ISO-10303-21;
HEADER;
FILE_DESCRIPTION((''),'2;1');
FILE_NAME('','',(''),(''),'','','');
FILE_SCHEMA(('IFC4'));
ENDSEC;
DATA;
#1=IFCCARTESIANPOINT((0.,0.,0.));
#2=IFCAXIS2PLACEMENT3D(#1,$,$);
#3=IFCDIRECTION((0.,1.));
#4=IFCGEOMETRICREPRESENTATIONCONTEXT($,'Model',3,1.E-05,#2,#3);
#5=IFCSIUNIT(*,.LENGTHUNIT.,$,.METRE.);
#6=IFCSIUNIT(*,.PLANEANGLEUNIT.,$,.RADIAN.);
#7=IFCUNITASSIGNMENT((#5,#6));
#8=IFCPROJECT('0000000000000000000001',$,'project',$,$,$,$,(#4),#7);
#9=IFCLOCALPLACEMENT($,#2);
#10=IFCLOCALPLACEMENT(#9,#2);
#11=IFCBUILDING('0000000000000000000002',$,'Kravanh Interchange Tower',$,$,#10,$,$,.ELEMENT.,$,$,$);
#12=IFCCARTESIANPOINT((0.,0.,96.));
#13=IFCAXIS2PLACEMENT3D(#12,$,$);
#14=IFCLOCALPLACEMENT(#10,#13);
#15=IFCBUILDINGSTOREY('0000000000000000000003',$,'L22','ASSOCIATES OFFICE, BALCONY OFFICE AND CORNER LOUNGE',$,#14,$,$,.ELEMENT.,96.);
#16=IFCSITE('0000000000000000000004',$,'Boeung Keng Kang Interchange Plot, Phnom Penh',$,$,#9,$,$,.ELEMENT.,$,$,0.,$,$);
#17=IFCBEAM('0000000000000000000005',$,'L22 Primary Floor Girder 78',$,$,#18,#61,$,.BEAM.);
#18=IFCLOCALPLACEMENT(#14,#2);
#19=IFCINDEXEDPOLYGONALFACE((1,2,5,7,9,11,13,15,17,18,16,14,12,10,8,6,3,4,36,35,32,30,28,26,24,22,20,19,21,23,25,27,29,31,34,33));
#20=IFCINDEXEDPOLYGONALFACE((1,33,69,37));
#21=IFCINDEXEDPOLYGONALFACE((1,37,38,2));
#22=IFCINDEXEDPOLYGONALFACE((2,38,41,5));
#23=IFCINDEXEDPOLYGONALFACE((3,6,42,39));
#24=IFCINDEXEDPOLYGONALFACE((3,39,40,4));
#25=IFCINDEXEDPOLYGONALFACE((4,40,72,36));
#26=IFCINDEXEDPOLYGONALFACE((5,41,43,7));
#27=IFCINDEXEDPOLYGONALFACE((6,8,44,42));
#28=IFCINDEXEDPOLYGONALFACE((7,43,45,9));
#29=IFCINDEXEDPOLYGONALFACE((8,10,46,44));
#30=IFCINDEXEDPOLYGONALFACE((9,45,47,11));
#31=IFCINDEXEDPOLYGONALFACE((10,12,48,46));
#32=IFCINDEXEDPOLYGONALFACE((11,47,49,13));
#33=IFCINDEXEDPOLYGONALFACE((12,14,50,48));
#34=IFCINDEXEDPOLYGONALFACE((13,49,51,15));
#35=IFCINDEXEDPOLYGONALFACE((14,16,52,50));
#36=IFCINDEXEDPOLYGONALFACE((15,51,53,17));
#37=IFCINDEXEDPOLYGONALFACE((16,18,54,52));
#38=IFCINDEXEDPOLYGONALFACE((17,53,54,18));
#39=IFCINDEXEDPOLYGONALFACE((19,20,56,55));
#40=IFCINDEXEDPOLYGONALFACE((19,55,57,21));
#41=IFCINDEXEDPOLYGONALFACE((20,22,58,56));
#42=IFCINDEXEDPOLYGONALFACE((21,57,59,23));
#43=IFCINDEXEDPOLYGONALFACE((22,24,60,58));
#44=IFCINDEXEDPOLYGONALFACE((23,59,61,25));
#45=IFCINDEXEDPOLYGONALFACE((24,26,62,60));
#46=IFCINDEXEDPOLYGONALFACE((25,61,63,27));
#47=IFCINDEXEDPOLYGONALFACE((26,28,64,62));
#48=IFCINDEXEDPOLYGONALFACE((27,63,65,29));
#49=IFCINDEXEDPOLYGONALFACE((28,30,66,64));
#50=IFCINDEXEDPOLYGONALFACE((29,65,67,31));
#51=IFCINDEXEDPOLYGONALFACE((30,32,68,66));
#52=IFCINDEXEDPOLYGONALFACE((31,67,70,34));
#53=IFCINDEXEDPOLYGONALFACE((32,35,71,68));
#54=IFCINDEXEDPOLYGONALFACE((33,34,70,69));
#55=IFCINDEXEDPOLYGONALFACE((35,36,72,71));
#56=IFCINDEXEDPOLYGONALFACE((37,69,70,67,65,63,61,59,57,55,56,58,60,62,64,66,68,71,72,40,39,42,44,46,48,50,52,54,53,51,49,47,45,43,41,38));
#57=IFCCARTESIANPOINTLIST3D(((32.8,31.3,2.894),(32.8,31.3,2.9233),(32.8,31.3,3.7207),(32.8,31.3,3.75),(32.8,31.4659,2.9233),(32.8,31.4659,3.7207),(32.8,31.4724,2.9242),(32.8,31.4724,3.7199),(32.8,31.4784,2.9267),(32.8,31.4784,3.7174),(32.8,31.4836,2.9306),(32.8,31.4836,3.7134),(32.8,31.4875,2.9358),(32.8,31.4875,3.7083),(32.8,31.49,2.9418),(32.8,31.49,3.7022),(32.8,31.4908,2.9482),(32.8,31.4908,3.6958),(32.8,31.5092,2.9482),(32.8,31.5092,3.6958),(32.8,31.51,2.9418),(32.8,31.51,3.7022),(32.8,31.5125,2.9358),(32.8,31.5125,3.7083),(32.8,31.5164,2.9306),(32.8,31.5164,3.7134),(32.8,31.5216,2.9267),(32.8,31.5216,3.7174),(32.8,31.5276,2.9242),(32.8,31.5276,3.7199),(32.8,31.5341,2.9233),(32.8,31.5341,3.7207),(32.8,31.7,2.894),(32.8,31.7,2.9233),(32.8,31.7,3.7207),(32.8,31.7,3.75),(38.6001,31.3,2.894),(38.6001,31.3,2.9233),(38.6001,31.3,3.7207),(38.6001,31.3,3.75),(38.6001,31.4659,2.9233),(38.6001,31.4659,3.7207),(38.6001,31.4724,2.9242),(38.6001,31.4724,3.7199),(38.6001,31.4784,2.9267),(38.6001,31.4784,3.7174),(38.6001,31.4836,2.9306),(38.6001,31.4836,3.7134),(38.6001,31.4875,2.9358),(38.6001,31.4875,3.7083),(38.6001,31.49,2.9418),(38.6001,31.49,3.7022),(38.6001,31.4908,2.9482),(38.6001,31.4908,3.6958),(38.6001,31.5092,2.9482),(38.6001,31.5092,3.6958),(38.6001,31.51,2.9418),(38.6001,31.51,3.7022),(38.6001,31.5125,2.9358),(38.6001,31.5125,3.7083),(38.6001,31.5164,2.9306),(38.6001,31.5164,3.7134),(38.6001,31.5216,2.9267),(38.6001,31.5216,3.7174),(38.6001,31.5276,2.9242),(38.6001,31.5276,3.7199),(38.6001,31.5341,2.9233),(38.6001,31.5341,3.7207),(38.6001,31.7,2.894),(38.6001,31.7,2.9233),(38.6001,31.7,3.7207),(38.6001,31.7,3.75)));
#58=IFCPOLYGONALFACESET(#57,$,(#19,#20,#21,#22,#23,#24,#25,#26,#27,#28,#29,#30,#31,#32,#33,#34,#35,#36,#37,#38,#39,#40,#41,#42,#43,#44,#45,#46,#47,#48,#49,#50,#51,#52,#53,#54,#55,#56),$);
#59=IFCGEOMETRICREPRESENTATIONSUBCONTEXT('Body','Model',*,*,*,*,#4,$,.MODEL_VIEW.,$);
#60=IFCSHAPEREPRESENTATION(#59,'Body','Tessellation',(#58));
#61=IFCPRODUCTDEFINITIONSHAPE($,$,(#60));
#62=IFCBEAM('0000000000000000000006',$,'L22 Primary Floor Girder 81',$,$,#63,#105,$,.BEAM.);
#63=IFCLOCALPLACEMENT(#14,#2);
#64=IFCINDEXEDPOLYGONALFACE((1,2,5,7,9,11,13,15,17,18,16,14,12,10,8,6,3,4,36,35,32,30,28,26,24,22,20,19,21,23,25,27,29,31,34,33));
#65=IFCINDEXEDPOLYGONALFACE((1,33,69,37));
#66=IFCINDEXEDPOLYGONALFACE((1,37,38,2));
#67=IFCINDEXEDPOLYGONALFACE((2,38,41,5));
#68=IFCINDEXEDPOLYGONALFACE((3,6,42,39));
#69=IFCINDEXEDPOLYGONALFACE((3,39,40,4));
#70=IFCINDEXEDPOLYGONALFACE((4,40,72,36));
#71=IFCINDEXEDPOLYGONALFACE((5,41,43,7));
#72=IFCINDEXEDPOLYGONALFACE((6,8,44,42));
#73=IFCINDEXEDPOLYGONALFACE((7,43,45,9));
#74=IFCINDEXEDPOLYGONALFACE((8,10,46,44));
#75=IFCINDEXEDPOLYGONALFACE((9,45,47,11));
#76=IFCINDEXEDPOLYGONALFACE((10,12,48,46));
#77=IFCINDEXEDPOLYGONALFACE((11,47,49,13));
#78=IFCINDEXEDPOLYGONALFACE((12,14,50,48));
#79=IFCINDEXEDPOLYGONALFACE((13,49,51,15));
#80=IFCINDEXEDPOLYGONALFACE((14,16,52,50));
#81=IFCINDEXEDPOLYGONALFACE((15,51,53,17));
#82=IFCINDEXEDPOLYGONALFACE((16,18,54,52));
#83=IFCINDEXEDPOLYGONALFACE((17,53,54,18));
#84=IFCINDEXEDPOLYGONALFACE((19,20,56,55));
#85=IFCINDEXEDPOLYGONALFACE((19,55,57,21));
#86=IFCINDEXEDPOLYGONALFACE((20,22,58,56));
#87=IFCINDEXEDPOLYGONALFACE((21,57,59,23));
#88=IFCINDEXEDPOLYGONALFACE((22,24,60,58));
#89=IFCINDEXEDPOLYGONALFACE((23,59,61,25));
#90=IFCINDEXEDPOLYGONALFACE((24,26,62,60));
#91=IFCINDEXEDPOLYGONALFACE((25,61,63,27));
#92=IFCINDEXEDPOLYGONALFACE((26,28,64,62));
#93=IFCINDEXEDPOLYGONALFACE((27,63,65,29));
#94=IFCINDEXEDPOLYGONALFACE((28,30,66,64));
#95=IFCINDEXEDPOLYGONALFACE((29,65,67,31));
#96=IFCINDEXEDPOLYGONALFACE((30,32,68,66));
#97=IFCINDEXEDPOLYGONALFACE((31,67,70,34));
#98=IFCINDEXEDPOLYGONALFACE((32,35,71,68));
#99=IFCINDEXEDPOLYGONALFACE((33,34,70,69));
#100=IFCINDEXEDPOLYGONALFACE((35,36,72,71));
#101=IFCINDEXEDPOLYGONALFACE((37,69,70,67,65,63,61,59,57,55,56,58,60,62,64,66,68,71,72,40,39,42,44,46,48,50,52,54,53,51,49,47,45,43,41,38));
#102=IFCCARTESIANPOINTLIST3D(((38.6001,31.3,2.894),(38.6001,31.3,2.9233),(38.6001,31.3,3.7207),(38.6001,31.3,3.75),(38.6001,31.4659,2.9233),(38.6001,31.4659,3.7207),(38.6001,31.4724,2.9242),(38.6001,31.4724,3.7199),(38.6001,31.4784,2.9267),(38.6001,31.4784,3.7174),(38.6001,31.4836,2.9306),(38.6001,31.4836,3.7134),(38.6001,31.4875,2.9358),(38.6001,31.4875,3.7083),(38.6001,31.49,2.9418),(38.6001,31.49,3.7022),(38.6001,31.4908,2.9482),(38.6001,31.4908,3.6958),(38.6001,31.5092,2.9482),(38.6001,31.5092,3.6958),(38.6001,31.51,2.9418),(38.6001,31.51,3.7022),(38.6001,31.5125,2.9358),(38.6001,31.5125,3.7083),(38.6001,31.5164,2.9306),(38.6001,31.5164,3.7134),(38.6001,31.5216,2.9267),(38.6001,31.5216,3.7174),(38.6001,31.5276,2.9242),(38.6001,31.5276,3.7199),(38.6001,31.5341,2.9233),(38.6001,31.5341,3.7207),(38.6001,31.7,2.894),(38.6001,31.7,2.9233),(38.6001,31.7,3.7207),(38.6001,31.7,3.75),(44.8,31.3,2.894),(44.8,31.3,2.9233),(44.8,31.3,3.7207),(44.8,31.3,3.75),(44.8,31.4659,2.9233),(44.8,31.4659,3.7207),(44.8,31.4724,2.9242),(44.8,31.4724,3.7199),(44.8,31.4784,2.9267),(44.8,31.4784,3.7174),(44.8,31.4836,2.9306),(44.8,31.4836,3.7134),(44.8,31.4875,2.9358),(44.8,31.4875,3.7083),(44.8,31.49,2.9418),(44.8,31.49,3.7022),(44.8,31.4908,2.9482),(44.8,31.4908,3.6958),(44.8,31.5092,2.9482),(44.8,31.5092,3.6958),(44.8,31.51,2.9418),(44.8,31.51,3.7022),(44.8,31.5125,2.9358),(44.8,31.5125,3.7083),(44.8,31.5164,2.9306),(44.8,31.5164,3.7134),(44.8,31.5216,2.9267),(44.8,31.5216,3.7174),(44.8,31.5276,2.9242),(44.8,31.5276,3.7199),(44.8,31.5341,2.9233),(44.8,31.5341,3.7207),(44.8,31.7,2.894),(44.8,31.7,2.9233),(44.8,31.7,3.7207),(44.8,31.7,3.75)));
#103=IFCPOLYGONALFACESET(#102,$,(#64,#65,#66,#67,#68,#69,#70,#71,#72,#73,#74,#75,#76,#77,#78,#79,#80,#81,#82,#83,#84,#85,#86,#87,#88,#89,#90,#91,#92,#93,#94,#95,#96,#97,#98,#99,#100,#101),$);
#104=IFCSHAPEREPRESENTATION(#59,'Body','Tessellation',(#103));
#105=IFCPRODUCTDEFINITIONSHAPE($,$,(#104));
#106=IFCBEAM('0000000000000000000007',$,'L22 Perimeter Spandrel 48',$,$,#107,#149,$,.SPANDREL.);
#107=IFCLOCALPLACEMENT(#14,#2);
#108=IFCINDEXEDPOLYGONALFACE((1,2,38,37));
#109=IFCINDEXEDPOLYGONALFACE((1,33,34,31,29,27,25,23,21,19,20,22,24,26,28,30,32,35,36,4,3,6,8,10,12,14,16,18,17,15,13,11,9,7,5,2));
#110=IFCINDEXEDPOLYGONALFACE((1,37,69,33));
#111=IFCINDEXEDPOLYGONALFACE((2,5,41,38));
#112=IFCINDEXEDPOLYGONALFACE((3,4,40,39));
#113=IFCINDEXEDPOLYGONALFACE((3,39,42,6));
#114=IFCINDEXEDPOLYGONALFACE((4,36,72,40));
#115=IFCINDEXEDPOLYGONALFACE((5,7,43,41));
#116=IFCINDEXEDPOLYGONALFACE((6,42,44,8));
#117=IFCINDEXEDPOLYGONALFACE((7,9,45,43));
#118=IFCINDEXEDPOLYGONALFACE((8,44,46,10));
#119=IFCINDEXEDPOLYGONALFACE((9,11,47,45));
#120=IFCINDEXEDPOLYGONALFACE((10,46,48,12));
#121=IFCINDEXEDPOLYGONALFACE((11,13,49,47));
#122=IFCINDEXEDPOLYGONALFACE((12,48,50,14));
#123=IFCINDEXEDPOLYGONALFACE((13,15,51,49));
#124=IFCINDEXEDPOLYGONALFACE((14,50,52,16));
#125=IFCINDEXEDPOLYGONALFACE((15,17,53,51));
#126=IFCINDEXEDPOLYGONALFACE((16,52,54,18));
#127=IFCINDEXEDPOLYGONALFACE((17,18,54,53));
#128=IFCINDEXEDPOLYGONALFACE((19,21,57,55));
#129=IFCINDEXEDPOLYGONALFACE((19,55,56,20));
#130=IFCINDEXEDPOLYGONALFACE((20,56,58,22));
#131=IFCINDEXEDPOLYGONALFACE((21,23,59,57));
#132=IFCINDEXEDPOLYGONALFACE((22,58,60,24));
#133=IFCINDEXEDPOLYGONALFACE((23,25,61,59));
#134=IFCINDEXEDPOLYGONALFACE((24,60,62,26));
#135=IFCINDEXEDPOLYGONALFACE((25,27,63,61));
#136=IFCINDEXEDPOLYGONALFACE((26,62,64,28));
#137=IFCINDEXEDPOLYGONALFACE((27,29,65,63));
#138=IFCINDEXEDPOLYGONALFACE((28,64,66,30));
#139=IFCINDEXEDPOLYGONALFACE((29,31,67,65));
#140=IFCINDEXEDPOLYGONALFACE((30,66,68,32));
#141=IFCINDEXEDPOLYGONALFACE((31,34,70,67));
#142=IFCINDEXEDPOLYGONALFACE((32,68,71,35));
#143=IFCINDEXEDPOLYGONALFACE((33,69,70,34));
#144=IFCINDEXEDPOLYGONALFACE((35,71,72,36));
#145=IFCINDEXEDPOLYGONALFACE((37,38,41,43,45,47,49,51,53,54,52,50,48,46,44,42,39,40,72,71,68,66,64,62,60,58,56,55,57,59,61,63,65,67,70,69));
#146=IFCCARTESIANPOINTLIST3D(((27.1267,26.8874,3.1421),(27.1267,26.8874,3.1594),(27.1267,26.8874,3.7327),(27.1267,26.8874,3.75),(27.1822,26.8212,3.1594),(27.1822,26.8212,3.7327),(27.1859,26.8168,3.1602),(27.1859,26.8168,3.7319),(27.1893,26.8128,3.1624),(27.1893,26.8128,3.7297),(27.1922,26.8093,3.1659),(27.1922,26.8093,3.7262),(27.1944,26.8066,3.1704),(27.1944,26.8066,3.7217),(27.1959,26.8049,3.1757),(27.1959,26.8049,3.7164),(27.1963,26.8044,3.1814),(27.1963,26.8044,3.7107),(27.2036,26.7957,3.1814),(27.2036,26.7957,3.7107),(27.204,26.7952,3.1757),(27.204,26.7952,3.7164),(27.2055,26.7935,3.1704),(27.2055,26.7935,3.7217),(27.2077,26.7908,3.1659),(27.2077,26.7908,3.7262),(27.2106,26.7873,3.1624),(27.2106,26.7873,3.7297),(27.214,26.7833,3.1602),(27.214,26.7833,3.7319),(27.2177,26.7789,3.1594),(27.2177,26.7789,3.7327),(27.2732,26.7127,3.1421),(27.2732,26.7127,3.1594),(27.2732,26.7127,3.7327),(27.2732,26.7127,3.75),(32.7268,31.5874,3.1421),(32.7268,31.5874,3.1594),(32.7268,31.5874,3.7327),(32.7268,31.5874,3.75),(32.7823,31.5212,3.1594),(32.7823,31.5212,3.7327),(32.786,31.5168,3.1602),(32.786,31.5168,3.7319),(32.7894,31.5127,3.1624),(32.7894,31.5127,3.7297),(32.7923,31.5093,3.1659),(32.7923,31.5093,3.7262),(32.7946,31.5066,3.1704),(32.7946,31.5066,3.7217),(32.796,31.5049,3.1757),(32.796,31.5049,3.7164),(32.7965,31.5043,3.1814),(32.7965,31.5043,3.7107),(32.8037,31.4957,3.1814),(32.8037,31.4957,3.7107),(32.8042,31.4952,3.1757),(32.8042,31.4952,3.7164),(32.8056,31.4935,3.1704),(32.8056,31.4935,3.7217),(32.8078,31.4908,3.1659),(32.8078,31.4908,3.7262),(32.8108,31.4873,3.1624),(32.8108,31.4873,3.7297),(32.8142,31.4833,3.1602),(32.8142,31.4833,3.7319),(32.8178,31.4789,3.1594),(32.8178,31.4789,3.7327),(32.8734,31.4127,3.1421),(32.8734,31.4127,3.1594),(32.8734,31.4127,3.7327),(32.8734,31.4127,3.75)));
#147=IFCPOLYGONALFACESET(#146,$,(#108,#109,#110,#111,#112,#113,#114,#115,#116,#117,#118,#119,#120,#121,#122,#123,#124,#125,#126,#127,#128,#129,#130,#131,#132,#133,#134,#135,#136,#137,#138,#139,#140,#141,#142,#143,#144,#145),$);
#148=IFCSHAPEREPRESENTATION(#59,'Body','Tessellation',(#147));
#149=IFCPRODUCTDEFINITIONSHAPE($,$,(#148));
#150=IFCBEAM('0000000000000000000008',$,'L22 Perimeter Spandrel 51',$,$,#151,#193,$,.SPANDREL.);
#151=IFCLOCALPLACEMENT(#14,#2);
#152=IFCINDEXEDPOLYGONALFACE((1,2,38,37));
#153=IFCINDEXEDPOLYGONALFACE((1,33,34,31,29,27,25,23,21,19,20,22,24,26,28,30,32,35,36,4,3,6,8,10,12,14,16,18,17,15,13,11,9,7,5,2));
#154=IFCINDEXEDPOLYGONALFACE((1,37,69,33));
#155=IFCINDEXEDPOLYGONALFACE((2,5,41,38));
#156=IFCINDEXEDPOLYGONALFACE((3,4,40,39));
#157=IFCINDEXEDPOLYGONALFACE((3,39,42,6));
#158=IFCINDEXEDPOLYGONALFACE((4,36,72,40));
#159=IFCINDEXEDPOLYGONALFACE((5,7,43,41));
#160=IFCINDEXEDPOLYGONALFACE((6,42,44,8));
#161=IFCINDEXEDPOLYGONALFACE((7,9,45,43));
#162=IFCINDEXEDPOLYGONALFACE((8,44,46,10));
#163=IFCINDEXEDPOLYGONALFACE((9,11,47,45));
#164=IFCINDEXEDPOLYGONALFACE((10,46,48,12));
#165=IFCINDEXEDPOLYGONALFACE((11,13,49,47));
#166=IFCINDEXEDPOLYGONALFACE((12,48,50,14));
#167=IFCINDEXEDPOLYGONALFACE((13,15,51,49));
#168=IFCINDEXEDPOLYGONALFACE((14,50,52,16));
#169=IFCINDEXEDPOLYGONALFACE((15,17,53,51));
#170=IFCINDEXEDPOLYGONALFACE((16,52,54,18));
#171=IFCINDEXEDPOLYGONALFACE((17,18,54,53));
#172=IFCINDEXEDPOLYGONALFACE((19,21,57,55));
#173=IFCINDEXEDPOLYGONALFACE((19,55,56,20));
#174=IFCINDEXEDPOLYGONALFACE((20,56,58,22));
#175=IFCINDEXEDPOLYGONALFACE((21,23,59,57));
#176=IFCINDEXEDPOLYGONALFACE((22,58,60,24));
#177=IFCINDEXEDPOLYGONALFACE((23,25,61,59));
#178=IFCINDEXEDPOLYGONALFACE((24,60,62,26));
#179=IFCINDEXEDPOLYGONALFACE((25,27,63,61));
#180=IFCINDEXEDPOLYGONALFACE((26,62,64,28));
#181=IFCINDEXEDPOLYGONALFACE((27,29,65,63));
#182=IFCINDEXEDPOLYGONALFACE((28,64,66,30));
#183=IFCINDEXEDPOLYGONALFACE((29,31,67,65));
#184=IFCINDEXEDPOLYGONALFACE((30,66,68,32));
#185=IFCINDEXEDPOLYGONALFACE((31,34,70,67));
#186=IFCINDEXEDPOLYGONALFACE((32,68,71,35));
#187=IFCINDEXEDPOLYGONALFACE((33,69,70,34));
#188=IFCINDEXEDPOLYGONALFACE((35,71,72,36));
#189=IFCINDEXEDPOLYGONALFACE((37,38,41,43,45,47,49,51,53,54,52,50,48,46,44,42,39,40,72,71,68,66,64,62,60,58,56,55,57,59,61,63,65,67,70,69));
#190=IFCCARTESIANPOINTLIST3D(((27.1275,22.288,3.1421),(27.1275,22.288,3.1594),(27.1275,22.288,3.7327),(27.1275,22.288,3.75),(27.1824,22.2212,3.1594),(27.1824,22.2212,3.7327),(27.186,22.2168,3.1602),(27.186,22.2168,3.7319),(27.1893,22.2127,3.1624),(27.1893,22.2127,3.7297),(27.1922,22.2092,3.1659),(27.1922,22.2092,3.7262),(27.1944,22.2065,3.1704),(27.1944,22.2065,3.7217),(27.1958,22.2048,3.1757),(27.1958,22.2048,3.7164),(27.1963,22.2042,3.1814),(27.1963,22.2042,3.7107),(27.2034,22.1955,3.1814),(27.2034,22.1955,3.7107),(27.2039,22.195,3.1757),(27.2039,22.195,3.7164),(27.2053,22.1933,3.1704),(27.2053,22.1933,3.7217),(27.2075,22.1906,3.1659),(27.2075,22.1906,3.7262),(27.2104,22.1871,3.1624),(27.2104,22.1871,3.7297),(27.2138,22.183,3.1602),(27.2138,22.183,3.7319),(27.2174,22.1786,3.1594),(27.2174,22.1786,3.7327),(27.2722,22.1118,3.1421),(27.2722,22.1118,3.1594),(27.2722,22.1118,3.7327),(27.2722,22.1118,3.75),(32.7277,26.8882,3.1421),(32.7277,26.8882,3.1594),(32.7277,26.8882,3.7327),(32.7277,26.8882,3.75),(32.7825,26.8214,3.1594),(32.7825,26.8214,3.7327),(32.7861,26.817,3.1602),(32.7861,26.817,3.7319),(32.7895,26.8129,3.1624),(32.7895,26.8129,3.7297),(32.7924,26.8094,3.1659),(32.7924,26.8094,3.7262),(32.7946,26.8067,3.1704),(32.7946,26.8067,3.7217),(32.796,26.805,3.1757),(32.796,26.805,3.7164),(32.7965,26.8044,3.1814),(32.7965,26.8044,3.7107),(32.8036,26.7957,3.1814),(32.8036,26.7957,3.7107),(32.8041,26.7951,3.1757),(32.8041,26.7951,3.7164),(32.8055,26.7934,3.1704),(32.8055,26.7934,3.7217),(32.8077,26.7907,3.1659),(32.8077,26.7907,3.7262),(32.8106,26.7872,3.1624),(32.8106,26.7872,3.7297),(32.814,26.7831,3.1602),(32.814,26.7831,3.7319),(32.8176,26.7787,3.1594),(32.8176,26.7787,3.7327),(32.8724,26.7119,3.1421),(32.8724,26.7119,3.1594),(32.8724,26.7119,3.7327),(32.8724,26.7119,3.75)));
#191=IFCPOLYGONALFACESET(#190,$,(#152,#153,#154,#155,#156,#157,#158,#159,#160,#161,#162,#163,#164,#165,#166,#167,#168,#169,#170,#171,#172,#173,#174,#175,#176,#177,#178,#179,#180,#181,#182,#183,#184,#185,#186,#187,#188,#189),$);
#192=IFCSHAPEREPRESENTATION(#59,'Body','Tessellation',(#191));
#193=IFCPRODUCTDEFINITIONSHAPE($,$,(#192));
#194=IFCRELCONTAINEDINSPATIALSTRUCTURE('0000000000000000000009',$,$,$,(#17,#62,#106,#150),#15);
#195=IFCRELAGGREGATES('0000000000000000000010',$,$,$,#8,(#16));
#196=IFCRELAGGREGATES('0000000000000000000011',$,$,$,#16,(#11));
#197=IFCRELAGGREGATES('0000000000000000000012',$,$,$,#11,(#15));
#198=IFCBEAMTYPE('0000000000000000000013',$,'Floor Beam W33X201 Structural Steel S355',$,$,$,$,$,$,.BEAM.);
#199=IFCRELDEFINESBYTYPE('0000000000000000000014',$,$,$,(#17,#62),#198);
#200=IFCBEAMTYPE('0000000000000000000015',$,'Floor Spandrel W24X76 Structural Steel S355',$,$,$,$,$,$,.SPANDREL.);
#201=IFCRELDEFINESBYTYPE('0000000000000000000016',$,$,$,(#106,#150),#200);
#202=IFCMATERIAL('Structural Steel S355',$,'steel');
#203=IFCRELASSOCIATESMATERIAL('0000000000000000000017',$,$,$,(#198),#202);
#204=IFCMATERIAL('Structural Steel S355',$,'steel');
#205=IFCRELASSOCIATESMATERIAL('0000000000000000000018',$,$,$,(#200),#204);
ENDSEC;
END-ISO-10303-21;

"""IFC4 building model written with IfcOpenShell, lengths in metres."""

from ifc_helpers import new_model, si_unit, direction, frame, origin, origin_2d, place, context, subcontext, project, spatial, i_section, extrude, material, material_profile, profile_set, type_object, element, save


model = new_model("IFC4")

# Units and contexts
model_context = context("Model", 3, precision=1e-05, world=origin(), true_north=direction((0.0, 1.0)))
body_context = subcontext(model_context, "Body", "Model", "MODEL_VIEW")
ifc_project = project(units=[si_unit("LENGTHUNIT", "METRE"), si_unit("PLANEANGLEUNIT", "RADIAN")], contexts=[model_context])

# Site, building, storey
site_placement = place(None, origin())
site = spatial("IfcSite", under=ifc_project, at=site_placement, Name="Boeung Keng Kang Interchange Plot, Phnom Penh", CompositionType="ELEMENT", RefElevation=0.0)
building_placement = place(site_placement, origin())
building = spatial("IfcBuilding", under=site, at=building_placement, Name="Kravanh Interchange Tower", CompositionType="ELEMENT")
storey_placement = place(building_placement, frame((0.0, 0.0, 96.0)))
storey = spatial("IfcBuildingStorey", under=building, at=storey_placement, Name="L22", Description="ASSOCIATES OFFICE, BALCONY OFFICE AND CORNER LOUNGE", CompositionType="ELEMENT", Elevation=96.0)

# Beams
ifc_material_1 = material(Name="Structural Steel S355", Category="steel")
ifc_material_profile_1 = material_profile(ifc_material_1, i_section(OverallWidth=0.3999, OverallDepth=0.856, WebThickness=0.0183, FlangeThickness=0.0293, FilletRadius=0.0249, at=origin_2d()), Name="W33X201")
ifc_profile_set_1 = profile_set([ifc_material_profile_1], Name="Structural Steel S355")
beam_type_1 = type_object("IfcBeamType", Name="Floor Beam W33X201 Structural Steel S355", PredefinedType="BEAM", material=ifc_profile_set_1)
beam_1_placement = place(storey_placement, frame((32.8, 31.5, 3.322), z_axis=(1.0, 0.0, 0.0), x_axis=(0.0, 1.0, 0.0)))
element("IfcBeam", 1, at=beam_1_placement, inside=storey, type_object=beam_type_1, Name="L22 Primary Floor Girder 78", PredefinedType="BEAM", context=body_context, shape_type="SweptSolid", body=[
    extrude(i_section(OverallWidth=0.3999, OverallDepth=0.856, WebThickness=0.0183, FlangeThickness=0.0293, FilletRadius=0.0249, at=origin_2d()), origin(), (0.0, 0.0, 1.0), 5.8),
])
beam_2_placement = place(storey_placement, frame((38.6001, 31.5, 3.322), z_axis=(1.0, 0.0, 0.0), x_axis=(0.0, 1.0, 0.0)))
element("IfcBeam", 2, at=beam_2_placement, inside=storey, type_object=beam_type_1, Name="L22 Primary Floor Girder 81", PredefinedType="BEAM", context=body_context, shape_type="SweptSolid", body=[
    extrude(i_section(OverallWidth=0.3999, OverallDepth=0.856, WebThickness=0.0183, FlangeThickness=0.0293, FilletRadius=0.0249, at=origin_2d()), origin(), (0.0, 0.0, 1.0), 6.2),
])
ifc_material_2 = material(Name="Structural Steel S355", Category="steel")
ifc_material_profile_2 = material_profile(ifc_material_2, i_section(OverallWidth=0.228, OverallDepth=0.6079, WebThickness=0.0112, FlangeThickness=0.0173, FilletRadius=0.022, at=origin_2d()), Name="W24X76")
ifc_profile_set_2 = profile_set([ifc_material_profile_2], Name="Structural Steel S355")
beam_type_2 = type_object("IfcBeamType", Name="Floor Spandrel W24X76 Structural Steel S355", PredefinedType="SPANDREL", material=ifc_profile_set_2)
beam_3_placement = place(storey_placement, frame((27.2, 26.8, 3.446), z_axis=(0.765983, 0.642861, 0.0), x_axis=(-0.642861, 0.765983, 0.0)))
element("IfcBeam", 3, at=beam_3_placement, inside=storey, type_object=beam_type_2, Name="L22 Perimeter Spandrel 48", PredefinedType="SPANDREL", context=body_context, shape_type="SweptSolid", body=[
    extrude(i_section(OverallWidth=0.228, OverallDepth=0.6079, WebThickness=0.0112, FlangeThickness=0.0173, FilletRadius=0.022, at=origin_2d()), origin(), (0.0, 0.0, 1.0), 7.311),
])
beam_4_placement = place(storey_placement, frame((32.8, 26.8, 3.446), z_axis=(-0.772725, -0.634741, 0.0), x_axis=(0.634741, -0.772725, 0.0)))
element("IfcBeam", 4, at=beam_4_placement, inside=storey, type_object=beam_type_2, Name="L22 Perimeter Spandrel 51", PredefinedType="SPANDREL", context=body_context, shape_type="SweptSolid", body=[
    extrude(i_section(OverallWidth=0.228, OverallDepth=0.6079, WebThickness=0.0112, FlangeThickness=0.0173, FilletRadius=0.022, at=origin_2d()), origin(), (0.0, 0.0, 1.0), 7.2473),
])

save(model, "model.ifc")
